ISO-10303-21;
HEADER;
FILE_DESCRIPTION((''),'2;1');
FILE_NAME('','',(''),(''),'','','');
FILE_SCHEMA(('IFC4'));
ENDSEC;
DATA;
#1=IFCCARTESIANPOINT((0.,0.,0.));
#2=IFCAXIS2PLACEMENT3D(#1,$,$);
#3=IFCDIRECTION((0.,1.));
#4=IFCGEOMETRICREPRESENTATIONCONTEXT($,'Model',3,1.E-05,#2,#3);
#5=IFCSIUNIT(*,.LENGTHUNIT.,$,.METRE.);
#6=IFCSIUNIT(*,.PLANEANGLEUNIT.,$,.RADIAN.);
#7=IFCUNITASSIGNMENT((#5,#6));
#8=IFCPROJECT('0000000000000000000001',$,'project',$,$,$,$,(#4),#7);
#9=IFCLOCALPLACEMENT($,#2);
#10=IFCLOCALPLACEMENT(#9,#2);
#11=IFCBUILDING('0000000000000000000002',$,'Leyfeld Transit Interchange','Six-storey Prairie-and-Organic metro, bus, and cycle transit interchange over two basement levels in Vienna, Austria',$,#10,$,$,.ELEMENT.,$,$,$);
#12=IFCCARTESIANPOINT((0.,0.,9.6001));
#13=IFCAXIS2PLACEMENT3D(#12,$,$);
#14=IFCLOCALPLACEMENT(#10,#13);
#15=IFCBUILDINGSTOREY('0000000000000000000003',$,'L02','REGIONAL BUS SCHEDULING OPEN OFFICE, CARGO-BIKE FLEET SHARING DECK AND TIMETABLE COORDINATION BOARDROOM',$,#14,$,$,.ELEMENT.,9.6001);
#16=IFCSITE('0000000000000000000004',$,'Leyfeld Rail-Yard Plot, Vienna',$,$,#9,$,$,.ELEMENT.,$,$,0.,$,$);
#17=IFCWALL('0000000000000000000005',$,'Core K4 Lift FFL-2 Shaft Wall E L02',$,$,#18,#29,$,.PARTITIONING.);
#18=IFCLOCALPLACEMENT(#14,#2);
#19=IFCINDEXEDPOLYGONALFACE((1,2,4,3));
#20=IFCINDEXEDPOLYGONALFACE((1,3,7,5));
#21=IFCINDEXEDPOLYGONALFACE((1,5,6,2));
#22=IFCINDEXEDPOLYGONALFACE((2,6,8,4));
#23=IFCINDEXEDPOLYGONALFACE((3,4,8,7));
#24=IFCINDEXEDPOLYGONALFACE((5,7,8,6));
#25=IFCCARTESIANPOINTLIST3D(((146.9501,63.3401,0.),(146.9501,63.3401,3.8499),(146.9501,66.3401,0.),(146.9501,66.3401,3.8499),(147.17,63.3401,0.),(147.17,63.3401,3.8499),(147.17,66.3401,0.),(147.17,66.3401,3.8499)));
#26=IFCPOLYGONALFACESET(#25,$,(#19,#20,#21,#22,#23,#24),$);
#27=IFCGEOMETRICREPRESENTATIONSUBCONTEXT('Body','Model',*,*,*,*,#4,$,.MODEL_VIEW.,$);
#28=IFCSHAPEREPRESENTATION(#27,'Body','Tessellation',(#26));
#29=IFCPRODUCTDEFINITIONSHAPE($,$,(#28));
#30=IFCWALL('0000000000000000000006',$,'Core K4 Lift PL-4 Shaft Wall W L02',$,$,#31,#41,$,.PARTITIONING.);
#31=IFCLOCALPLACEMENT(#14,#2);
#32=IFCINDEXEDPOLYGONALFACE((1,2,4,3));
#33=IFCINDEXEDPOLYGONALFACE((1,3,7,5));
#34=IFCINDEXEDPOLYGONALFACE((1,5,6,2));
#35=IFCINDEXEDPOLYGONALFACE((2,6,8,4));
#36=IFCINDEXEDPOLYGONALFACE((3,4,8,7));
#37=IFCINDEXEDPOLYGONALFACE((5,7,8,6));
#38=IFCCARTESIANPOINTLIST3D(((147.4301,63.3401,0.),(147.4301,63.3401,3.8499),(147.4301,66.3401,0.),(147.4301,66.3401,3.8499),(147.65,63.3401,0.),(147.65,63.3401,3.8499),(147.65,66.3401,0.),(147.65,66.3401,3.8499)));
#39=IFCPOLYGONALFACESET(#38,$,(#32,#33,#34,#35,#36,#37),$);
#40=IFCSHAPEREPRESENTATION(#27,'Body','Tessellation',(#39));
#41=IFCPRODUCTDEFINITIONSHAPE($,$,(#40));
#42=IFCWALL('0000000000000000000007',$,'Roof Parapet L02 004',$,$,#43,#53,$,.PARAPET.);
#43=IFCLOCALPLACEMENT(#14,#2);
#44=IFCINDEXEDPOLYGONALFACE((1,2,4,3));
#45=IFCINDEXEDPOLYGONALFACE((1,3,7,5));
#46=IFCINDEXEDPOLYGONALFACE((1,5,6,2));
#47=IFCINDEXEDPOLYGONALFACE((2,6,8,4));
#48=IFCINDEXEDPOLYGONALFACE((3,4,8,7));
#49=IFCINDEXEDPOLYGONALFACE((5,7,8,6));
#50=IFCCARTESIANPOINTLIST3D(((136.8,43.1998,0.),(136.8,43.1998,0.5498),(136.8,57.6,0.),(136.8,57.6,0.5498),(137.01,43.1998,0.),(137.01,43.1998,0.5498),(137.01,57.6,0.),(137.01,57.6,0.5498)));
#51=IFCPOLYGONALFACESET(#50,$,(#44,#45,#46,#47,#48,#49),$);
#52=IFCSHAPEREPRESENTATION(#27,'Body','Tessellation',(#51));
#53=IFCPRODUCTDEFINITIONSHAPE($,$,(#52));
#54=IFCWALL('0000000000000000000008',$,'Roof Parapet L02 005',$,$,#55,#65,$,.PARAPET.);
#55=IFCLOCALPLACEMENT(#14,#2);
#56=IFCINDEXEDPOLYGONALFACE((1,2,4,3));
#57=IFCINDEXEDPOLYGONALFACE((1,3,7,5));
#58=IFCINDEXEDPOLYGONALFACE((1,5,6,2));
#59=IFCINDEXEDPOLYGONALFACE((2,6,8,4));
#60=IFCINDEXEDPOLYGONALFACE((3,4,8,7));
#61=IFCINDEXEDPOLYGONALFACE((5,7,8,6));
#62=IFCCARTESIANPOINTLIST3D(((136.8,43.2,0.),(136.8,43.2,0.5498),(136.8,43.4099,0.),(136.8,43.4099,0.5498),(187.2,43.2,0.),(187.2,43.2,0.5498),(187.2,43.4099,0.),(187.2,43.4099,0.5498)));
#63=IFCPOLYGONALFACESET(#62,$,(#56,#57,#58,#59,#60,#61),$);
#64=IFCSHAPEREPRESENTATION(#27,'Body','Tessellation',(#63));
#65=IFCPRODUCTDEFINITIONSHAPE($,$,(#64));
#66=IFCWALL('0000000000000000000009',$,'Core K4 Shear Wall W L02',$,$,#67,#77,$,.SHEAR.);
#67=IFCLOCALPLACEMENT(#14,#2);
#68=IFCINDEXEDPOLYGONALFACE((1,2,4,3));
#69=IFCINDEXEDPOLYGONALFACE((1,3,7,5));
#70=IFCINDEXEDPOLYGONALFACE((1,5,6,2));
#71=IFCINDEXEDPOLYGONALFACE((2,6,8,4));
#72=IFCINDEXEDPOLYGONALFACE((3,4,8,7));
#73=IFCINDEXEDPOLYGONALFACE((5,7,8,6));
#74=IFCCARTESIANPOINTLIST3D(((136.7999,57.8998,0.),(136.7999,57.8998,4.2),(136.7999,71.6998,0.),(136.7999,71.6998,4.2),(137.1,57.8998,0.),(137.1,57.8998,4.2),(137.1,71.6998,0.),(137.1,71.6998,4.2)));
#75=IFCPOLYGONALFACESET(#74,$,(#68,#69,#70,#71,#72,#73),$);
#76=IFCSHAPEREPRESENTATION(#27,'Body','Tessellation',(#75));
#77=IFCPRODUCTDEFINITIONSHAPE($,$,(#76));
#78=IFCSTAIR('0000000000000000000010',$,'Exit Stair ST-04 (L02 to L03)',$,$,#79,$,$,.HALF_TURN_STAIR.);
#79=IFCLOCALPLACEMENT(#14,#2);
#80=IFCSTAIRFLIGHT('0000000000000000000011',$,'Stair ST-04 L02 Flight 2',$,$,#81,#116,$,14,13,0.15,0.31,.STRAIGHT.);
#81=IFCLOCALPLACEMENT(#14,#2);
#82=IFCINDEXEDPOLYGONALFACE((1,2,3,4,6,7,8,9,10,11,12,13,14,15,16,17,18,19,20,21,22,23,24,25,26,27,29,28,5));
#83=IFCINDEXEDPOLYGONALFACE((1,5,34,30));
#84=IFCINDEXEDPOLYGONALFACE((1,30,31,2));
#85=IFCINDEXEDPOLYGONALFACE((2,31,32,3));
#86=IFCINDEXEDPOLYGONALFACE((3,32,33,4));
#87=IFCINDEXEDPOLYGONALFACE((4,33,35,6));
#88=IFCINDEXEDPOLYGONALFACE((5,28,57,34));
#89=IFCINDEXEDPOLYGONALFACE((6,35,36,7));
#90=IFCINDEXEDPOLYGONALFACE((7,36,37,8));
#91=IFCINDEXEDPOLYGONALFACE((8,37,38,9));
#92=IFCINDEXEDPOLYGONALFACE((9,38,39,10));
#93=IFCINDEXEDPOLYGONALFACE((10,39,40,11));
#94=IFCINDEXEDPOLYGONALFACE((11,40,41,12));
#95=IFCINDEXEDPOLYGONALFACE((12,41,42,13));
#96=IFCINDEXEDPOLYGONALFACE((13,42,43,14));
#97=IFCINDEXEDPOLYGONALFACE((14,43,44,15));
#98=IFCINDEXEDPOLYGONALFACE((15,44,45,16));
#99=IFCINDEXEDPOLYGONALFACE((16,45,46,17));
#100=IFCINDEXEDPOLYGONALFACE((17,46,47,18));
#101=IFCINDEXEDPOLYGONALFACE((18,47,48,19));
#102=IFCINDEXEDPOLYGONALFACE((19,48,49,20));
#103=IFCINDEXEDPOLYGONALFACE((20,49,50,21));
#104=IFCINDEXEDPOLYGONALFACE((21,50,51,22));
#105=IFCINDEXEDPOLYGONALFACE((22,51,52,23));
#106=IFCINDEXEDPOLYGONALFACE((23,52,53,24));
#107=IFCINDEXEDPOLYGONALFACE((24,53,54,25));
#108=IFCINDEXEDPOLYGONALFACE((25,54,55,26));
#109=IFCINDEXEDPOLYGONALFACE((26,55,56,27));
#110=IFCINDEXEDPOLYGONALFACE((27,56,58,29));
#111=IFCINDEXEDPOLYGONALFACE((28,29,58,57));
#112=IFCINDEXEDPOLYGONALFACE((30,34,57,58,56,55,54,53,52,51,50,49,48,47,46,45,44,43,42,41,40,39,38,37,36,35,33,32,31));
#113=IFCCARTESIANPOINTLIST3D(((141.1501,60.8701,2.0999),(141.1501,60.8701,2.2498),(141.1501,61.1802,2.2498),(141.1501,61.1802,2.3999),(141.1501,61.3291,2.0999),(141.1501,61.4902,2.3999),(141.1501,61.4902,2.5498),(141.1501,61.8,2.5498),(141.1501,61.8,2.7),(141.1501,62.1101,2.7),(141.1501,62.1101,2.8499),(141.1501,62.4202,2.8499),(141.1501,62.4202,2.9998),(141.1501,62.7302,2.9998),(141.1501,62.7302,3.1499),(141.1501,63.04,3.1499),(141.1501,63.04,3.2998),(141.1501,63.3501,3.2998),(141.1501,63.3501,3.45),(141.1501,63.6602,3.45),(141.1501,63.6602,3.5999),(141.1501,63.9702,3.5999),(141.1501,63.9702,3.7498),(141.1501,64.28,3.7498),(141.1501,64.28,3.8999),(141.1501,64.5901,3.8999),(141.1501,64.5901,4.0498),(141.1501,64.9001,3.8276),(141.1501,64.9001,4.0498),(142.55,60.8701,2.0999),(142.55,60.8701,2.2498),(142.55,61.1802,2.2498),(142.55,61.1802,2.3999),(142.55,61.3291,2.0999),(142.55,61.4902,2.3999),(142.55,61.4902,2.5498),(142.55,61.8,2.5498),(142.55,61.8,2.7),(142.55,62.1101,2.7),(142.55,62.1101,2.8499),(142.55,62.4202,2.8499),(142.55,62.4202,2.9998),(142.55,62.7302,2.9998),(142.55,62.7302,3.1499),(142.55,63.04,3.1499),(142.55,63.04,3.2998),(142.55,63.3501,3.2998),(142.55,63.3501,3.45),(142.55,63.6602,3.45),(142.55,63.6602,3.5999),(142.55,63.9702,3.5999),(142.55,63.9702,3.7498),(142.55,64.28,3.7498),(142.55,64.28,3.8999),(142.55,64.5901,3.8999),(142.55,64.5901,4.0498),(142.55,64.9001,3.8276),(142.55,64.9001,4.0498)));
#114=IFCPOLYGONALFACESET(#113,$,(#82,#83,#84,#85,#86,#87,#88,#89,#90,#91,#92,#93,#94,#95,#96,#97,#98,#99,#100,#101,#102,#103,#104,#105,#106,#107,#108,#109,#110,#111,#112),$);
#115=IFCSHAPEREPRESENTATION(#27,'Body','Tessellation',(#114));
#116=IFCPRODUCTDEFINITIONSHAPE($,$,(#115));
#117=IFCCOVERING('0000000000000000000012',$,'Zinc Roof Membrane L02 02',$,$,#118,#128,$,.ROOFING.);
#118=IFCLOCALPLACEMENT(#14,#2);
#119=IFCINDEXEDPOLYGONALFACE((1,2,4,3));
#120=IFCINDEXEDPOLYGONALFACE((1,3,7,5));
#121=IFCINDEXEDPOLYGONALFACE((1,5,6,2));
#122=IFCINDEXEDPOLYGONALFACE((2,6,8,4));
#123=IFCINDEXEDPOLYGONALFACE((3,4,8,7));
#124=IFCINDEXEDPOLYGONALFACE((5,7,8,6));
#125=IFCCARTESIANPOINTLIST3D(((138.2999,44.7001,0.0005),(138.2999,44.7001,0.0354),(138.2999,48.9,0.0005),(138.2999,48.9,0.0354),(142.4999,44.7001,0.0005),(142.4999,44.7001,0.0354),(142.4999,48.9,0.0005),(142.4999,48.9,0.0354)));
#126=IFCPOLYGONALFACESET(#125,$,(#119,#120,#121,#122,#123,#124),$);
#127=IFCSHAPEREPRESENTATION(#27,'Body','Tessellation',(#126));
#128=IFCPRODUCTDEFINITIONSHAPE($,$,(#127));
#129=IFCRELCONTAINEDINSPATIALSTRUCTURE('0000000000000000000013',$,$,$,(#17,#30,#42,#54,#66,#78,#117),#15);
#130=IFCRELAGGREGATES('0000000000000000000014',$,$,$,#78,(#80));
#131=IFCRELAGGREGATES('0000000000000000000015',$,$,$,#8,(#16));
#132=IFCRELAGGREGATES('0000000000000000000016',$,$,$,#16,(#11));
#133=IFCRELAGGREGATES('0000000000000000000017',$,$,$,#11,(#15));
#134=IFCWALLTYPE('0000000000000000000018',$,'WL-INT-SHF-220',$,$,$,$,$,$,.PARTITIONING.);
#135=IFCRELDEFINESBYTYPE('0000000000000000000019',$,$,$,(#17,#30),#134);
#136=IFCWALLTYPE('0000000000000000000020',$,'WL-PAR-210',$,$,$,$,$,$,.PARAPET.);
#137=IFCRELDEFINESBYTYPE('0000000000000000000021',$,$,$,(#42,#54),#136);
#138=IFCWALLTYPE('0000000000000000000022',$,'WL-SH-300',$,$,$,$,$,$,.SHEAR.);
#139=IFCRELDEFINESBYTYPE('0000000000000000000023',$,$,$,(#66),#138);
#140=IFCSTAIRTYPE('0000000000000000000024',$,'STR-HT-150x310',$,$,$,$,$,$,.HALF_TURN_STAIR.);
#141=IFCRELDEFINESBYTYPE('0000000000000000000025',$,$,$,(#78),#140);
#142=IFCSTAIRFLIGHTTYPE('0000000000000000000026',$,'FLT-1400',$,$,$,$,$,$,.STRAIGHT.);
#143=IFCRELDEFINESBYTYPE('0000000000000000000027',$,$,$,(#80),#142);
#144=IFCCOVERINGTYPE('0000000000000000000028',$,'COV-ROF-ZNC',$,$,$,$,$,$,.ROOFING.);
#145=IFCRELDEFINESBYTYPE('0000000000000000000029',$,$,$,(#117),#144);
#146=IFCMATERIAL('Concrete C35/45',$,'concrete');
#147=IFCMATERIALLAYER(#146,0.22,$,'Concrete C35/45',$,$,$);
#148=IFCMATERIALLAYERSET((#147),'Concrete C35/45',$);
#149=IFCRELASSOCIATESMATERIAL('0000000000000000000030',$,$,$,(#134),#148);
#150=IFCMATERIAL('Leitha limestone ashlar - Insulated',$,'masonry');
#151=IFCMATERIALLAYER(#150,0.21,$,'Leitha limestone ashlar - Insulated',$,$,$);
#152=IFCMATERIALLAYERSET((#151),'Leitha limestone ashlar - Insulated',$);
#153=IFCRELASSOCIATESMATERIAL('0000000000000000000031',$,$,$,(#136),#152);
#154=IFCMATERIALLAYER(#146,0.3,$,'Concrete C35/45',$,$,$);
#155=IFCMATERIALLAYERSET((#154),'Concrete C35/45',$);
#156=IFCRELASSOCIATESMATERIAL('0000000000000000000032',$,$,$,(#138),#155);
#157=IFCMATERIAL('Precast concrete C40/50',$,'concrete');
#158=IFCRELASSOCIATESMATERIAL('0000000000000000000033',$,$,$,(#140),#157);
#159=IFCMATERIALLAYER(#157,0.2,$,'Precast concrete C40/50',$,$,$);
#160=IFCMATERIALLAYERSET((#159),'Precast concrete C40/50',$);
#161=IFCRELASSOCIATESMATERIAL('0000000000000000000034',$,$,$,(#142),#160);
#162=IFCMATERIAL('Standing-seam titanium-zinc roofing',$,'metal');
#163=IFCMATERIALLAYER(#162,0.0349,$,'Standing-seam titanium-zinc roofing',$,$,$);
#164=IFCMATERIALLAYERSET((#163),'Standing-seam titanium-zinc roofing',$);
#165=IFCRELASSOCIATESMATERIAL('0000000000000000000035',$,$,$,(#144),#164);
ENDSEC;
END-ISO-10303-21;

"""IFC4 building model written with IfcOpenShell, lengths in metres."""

from ifc_helpers import new_model, si_unit, direction, frame, frame_2d, origin, origin_2d, place, context, subcontext, project, spatial, polyline, rectangle, outline, extrude, material, layer, layer_set, type_object, element, aggregate, save


model = new_model("IFC4")

# Units and contexts
model_context = context("Model", 3, precision=1e-05, world=origin(), true_north=direction((0.0, 1.0)))
body_context = subcontext(model_context, "Body", "Model", "MODEL_VIEW")
ifc_project = project(units=[si_unit("LENGTHUNIT", "METRE"), si_unit("PLANEANGLEUNIT", "RADIAN")], contexts=[model_context])

# Site, building, storey
site_placement = place(None, origin())
site = spatial("IfcSite", under=ifc_project, at=site_placement, Name="Leyfeld Rail-Yard Plot, Vienna", CompositionType="ELEMENT", RefElevation=0.0)
building_placement = place(site_placement, origin())
building = spatial("IfcBuilding", under=site, at=building_placement, Name="Leyfeld Transit Interchange", Description="Six-storey Prairie-and-Organic metro, bus, and cycle transit interchange over two basement levels in Vienna, Austria", CompositionType="ELEMENT")
storey_placement = place(building_placement, frame((0.0, 0.0, 9.6001)))
storey = spatial("IfcBuildingStorey", under=building, at=storey_placement, Name="L02", Description="REGIONAL BUS SCHEDULING OPEN OFFICE, CARGO-BIKE FLEET SHARING DECK AND TIMETABLE COORDINATION BOARDROOM", CompositionType="ELEMENT", Elevation=9.6001)

# Shared definitions
ifc_material_1 = material(Name="Concrete C35/45", Category="concrete")

# Walls
ifc_layer_1 = layer(ifc_material_1, 0.22, Name="Concrete C35/45")
ifc_layer_set_1 = layer_set([ifc_layer_1], Name="Concrete C35/45")
wall_type_1 = type_object("IfcWallType", Name="WL-INT-SHF-220", PredefinedType="PARTITIONING", material=ifc_layer_set_1)
for number, where, z_axis, x_axis, name in (
    (1, (147.0601, 63.3401, 0.0), (0.0, 0.0, 1.0), (0.0, 1.0, 0.0), "Core K4 Lift FFL-2 Shaft Wall E L02"),
):
    element("IfcWall", number, at=place(storey_placement, frame(where, z_axis=z_axis, x_axis=x_axis)), inside=storey, type_object=wall_type_1, Name=name, PredefinedType="PARTITIONING", context=body_context, shape_type="SweptSolid", body=[
        extrude(rectangle(XDim=3.0, YDim=0.22, at=frame_2d((1.5, 0.0))), origin(), (0.0, 0.0, 1.0), 3.8499),
    ])
wall_1_placement = place(storey_placement, frame((147.54, 63.3401, 0.0), z_axis=(0.0, 0.0, 1.0), x_axis=(0.0, 1.0, 0.0)))
element("IfcWall", 2, at=wall_1_placement, inside=storey, type_object=wall_type_1, Name="Core K4 Lift PL-4 Shaft Wall W L02", PredefinedType="PARTITIONING", context=body_context, shape_type="SweptSolid", body=[
    extrude(rectangle(XDim=3.0, YDim=0.22, at=frame_2d((1.5, 0.0))), origin(), (0.0, 0.0, 1.0), 3.8499),
])
ifc_material_2 = material(Name="Leitha limestone ashlar - Insulated", Category="masonry")
ifc_layer_2 = layer(ifc_material_2, 0.21, Name="Leitha limestone ashlar - Insulated")
ifc_layer_set_2 = layer_set([ifc_layer_2], Name="Leitha limestone ashlar - Insulated")
wall_type_2 = type_object("IfcWallType", Name="WL-PAR-210", PredefinedType="PARAPET", material=ifc_layer_set_2)
wall_2_placement = place(storey_placement, frame((136.905, 57.6001, 0.0), z_axis=(0.0, 0.0, 1.0), x_axis=(0.0, -1.0, 0.0)))
element("IfcWall", 3, at=wall_2_placement, inside=storey, type_object=wall_type_2, Name="Roof Parapet L02 004", PredefinedType="PARAPET", context=body_context, shape_type="SweptSolid", body=[
    extrude(rectangle(XDim=14.4001, YDim=0.21, at=frame_2d((7.2002, 0.0))), origin(), (0.0, 0.0, 1.0), 0.5498),
])
wall_3_placement = place(storey_placement, frame((136.8, 43.3049, 0.0), z_axis=(0.0, 0.0, 1.0), x_axis=(1.0, 0.0, 0.0)))
element("IfcWall", 4, at=wall_3_placement, inside=storey, type_object=wall_type_2, Name="Roof Parapet L02 005", PredefinedType="PARAPET", context=body_context, shape_type="SweptSolid", body=[
    extrude(rectangle(XDim=50.3999, YDim=0.21, at=frame_2d((25.2, 0.0))), origin(), (0.0, 0.0, 1.0), 0.5498),
])
ifc_layer_3 = layer(ifc_material_1, 0.3, Name="Concrete C35/45")
ifc_layer_set_3 = layer_set([ifc_layer_3], Name="Concrete C35/45")
wall_type_3 = type_object("IfcWallType", Name="WL-SH-300", PredefinedType="SHEAR", material=ifc_layer_set_3)
wall_4_placement = place(storey_placement, frame((136.95, 57.8999, 0.0), z_axis=(0.0, 0.0, 1.0), x_axis=(0.0, 1.0, 0.0)))
element("IfcWall", 5, at=wall_4_placement, inside=storey, type_object=wall_type_3, Name="Core K4 Shear Wall W L02", PredefinedType="SHEAR", context=body_context, shape_type="SweptSolid", body=[
    extrude(rectangle(XDim=13.8, YDim=0.3, at=frame_2d((6.8999, 0.0))), origin(), (0.0, 0.0, 1.0), 4.2),
])

# Stair, stair flight
ifc_material_3 = material(Name="Precast concrete C40/50", Category="concrete")
stair_type = type_object("IfcStairType", Name="STR-HT-150x310", PredefinedType="HALF_TURN_STAIR", material=ifc_material_3)
stair_placement = place(storey_placement, origin())
stair = element("IfcStair", 6, at=stair_placement, inside=storey, type_object=stair_type, Name="Exit Stair ST-04 (L02 to L03)", PredefinedType="HALF_TURN_STAIR")
ifc_layer_4 = layer(ifc_material_3, 0.2, Name="Precast concrete C40/50")
ifc_layer_set_4 = layer_set([ifc_layer_4], Name="Precast concrete C40/50")
stair_flight_type = type_object("IfcStairFlightType", Name="FLT-1400", PredefinedType="STRAIGHT", material=ifc_layer_set_4)
stair_flight_placement = place(storey_placement, frame((141.8501, 60.8701, 2.0999), z_axis=(0.0, 0.0, 1.0), x_axis=(0.0, 1.0, 0.0)))
stair_flight = element("IfcStairFlight", 7, at=stair_flight_placement, type_object=stair_flight_type, Name="Stair ST-04 L02 Flight 2", NumberOfRisers=14, NumberOfTreads=13, PredefinedType="STRAIGHT", RiserHeight=0.15, TreadLength=0.31, context=body_context, shape_type="SweptSolid", body=[
    extrude(outline(polyline([(0.0, 0.0), (0.0, 0.1499), (0.3101, 0.1499), (0.3101, 0.3), (0.6201, 0.3), (0.6201, 0.45), (0.9299, 0.45), (0.9299, 0.6001), (1.24, 0.6001), (1.24, 0.75), (1.55, 0.75), (1.55, 0.8999), (1.8601, 0.8999), (1.8601, 1.05), (2.1699, 1.05), (2.1699, 1.2), (2.48, 1.2), (2.48, 1.3501), (2.79, 1.3501), (2.79, 1.5), (3.1001, 1.5), (3.1001, 1.6499), (3.4099, 1.6499), (3.4099, 1.8), (3.72, 1.8), (3.72, 1.95), (4.03, 1.95), (4.03, 2.1001), (4.03, 1.7278), (0.459, 0.0), (0.0, 0.0)])), frame((0.0, 0.7, 0.0), z_axis=(0.0, -1.0, 0.0), x_axis=(1.0, 0.0, 0.0)), (0.0, 0.0, 1.0), 1.3999),
])
aggregate(stair, [stair_flight])

# Covering
ifc_material_4 = material(Name="Standing-seam titanium-zinc roofing", Category="metal")
ifc_layer_5 = layer(ifc_material_4, 0.0349, Name="Standing-seam titanium-zinc roofing")
ifc_layer_set_5 = layer_set([ifc_layer_5], Name="Standing-seam titanium-zinc roofing")
covering_type = type_object("IfcCoveringType", Name="COV-ROF-ZNC", PredefinedType="ROOFING", material=ifc_layer_set_5)
covering_placement = place(storey_placement, frame((140.3999, 46.8, 0.0005), z_axis=(0.0, 0.0, 1.0), x_axis=(1.0, 0.0, 0.0)))
element("IfcCovering", 8, at=covering_placement, inside=storey, type_object=covering_type, Name="Zinc Roof Membrane L02 02", PredefinedType="ROOFING", context=body_context, shape_type="SweptSolid", body=[
    extrude(rectangle(XDim=4.2, YDim=4.2, at=origin_2d()), origin(), (0.0, 0.0, 1.0), 0.0349),
])

save(model, "model.ifc")
